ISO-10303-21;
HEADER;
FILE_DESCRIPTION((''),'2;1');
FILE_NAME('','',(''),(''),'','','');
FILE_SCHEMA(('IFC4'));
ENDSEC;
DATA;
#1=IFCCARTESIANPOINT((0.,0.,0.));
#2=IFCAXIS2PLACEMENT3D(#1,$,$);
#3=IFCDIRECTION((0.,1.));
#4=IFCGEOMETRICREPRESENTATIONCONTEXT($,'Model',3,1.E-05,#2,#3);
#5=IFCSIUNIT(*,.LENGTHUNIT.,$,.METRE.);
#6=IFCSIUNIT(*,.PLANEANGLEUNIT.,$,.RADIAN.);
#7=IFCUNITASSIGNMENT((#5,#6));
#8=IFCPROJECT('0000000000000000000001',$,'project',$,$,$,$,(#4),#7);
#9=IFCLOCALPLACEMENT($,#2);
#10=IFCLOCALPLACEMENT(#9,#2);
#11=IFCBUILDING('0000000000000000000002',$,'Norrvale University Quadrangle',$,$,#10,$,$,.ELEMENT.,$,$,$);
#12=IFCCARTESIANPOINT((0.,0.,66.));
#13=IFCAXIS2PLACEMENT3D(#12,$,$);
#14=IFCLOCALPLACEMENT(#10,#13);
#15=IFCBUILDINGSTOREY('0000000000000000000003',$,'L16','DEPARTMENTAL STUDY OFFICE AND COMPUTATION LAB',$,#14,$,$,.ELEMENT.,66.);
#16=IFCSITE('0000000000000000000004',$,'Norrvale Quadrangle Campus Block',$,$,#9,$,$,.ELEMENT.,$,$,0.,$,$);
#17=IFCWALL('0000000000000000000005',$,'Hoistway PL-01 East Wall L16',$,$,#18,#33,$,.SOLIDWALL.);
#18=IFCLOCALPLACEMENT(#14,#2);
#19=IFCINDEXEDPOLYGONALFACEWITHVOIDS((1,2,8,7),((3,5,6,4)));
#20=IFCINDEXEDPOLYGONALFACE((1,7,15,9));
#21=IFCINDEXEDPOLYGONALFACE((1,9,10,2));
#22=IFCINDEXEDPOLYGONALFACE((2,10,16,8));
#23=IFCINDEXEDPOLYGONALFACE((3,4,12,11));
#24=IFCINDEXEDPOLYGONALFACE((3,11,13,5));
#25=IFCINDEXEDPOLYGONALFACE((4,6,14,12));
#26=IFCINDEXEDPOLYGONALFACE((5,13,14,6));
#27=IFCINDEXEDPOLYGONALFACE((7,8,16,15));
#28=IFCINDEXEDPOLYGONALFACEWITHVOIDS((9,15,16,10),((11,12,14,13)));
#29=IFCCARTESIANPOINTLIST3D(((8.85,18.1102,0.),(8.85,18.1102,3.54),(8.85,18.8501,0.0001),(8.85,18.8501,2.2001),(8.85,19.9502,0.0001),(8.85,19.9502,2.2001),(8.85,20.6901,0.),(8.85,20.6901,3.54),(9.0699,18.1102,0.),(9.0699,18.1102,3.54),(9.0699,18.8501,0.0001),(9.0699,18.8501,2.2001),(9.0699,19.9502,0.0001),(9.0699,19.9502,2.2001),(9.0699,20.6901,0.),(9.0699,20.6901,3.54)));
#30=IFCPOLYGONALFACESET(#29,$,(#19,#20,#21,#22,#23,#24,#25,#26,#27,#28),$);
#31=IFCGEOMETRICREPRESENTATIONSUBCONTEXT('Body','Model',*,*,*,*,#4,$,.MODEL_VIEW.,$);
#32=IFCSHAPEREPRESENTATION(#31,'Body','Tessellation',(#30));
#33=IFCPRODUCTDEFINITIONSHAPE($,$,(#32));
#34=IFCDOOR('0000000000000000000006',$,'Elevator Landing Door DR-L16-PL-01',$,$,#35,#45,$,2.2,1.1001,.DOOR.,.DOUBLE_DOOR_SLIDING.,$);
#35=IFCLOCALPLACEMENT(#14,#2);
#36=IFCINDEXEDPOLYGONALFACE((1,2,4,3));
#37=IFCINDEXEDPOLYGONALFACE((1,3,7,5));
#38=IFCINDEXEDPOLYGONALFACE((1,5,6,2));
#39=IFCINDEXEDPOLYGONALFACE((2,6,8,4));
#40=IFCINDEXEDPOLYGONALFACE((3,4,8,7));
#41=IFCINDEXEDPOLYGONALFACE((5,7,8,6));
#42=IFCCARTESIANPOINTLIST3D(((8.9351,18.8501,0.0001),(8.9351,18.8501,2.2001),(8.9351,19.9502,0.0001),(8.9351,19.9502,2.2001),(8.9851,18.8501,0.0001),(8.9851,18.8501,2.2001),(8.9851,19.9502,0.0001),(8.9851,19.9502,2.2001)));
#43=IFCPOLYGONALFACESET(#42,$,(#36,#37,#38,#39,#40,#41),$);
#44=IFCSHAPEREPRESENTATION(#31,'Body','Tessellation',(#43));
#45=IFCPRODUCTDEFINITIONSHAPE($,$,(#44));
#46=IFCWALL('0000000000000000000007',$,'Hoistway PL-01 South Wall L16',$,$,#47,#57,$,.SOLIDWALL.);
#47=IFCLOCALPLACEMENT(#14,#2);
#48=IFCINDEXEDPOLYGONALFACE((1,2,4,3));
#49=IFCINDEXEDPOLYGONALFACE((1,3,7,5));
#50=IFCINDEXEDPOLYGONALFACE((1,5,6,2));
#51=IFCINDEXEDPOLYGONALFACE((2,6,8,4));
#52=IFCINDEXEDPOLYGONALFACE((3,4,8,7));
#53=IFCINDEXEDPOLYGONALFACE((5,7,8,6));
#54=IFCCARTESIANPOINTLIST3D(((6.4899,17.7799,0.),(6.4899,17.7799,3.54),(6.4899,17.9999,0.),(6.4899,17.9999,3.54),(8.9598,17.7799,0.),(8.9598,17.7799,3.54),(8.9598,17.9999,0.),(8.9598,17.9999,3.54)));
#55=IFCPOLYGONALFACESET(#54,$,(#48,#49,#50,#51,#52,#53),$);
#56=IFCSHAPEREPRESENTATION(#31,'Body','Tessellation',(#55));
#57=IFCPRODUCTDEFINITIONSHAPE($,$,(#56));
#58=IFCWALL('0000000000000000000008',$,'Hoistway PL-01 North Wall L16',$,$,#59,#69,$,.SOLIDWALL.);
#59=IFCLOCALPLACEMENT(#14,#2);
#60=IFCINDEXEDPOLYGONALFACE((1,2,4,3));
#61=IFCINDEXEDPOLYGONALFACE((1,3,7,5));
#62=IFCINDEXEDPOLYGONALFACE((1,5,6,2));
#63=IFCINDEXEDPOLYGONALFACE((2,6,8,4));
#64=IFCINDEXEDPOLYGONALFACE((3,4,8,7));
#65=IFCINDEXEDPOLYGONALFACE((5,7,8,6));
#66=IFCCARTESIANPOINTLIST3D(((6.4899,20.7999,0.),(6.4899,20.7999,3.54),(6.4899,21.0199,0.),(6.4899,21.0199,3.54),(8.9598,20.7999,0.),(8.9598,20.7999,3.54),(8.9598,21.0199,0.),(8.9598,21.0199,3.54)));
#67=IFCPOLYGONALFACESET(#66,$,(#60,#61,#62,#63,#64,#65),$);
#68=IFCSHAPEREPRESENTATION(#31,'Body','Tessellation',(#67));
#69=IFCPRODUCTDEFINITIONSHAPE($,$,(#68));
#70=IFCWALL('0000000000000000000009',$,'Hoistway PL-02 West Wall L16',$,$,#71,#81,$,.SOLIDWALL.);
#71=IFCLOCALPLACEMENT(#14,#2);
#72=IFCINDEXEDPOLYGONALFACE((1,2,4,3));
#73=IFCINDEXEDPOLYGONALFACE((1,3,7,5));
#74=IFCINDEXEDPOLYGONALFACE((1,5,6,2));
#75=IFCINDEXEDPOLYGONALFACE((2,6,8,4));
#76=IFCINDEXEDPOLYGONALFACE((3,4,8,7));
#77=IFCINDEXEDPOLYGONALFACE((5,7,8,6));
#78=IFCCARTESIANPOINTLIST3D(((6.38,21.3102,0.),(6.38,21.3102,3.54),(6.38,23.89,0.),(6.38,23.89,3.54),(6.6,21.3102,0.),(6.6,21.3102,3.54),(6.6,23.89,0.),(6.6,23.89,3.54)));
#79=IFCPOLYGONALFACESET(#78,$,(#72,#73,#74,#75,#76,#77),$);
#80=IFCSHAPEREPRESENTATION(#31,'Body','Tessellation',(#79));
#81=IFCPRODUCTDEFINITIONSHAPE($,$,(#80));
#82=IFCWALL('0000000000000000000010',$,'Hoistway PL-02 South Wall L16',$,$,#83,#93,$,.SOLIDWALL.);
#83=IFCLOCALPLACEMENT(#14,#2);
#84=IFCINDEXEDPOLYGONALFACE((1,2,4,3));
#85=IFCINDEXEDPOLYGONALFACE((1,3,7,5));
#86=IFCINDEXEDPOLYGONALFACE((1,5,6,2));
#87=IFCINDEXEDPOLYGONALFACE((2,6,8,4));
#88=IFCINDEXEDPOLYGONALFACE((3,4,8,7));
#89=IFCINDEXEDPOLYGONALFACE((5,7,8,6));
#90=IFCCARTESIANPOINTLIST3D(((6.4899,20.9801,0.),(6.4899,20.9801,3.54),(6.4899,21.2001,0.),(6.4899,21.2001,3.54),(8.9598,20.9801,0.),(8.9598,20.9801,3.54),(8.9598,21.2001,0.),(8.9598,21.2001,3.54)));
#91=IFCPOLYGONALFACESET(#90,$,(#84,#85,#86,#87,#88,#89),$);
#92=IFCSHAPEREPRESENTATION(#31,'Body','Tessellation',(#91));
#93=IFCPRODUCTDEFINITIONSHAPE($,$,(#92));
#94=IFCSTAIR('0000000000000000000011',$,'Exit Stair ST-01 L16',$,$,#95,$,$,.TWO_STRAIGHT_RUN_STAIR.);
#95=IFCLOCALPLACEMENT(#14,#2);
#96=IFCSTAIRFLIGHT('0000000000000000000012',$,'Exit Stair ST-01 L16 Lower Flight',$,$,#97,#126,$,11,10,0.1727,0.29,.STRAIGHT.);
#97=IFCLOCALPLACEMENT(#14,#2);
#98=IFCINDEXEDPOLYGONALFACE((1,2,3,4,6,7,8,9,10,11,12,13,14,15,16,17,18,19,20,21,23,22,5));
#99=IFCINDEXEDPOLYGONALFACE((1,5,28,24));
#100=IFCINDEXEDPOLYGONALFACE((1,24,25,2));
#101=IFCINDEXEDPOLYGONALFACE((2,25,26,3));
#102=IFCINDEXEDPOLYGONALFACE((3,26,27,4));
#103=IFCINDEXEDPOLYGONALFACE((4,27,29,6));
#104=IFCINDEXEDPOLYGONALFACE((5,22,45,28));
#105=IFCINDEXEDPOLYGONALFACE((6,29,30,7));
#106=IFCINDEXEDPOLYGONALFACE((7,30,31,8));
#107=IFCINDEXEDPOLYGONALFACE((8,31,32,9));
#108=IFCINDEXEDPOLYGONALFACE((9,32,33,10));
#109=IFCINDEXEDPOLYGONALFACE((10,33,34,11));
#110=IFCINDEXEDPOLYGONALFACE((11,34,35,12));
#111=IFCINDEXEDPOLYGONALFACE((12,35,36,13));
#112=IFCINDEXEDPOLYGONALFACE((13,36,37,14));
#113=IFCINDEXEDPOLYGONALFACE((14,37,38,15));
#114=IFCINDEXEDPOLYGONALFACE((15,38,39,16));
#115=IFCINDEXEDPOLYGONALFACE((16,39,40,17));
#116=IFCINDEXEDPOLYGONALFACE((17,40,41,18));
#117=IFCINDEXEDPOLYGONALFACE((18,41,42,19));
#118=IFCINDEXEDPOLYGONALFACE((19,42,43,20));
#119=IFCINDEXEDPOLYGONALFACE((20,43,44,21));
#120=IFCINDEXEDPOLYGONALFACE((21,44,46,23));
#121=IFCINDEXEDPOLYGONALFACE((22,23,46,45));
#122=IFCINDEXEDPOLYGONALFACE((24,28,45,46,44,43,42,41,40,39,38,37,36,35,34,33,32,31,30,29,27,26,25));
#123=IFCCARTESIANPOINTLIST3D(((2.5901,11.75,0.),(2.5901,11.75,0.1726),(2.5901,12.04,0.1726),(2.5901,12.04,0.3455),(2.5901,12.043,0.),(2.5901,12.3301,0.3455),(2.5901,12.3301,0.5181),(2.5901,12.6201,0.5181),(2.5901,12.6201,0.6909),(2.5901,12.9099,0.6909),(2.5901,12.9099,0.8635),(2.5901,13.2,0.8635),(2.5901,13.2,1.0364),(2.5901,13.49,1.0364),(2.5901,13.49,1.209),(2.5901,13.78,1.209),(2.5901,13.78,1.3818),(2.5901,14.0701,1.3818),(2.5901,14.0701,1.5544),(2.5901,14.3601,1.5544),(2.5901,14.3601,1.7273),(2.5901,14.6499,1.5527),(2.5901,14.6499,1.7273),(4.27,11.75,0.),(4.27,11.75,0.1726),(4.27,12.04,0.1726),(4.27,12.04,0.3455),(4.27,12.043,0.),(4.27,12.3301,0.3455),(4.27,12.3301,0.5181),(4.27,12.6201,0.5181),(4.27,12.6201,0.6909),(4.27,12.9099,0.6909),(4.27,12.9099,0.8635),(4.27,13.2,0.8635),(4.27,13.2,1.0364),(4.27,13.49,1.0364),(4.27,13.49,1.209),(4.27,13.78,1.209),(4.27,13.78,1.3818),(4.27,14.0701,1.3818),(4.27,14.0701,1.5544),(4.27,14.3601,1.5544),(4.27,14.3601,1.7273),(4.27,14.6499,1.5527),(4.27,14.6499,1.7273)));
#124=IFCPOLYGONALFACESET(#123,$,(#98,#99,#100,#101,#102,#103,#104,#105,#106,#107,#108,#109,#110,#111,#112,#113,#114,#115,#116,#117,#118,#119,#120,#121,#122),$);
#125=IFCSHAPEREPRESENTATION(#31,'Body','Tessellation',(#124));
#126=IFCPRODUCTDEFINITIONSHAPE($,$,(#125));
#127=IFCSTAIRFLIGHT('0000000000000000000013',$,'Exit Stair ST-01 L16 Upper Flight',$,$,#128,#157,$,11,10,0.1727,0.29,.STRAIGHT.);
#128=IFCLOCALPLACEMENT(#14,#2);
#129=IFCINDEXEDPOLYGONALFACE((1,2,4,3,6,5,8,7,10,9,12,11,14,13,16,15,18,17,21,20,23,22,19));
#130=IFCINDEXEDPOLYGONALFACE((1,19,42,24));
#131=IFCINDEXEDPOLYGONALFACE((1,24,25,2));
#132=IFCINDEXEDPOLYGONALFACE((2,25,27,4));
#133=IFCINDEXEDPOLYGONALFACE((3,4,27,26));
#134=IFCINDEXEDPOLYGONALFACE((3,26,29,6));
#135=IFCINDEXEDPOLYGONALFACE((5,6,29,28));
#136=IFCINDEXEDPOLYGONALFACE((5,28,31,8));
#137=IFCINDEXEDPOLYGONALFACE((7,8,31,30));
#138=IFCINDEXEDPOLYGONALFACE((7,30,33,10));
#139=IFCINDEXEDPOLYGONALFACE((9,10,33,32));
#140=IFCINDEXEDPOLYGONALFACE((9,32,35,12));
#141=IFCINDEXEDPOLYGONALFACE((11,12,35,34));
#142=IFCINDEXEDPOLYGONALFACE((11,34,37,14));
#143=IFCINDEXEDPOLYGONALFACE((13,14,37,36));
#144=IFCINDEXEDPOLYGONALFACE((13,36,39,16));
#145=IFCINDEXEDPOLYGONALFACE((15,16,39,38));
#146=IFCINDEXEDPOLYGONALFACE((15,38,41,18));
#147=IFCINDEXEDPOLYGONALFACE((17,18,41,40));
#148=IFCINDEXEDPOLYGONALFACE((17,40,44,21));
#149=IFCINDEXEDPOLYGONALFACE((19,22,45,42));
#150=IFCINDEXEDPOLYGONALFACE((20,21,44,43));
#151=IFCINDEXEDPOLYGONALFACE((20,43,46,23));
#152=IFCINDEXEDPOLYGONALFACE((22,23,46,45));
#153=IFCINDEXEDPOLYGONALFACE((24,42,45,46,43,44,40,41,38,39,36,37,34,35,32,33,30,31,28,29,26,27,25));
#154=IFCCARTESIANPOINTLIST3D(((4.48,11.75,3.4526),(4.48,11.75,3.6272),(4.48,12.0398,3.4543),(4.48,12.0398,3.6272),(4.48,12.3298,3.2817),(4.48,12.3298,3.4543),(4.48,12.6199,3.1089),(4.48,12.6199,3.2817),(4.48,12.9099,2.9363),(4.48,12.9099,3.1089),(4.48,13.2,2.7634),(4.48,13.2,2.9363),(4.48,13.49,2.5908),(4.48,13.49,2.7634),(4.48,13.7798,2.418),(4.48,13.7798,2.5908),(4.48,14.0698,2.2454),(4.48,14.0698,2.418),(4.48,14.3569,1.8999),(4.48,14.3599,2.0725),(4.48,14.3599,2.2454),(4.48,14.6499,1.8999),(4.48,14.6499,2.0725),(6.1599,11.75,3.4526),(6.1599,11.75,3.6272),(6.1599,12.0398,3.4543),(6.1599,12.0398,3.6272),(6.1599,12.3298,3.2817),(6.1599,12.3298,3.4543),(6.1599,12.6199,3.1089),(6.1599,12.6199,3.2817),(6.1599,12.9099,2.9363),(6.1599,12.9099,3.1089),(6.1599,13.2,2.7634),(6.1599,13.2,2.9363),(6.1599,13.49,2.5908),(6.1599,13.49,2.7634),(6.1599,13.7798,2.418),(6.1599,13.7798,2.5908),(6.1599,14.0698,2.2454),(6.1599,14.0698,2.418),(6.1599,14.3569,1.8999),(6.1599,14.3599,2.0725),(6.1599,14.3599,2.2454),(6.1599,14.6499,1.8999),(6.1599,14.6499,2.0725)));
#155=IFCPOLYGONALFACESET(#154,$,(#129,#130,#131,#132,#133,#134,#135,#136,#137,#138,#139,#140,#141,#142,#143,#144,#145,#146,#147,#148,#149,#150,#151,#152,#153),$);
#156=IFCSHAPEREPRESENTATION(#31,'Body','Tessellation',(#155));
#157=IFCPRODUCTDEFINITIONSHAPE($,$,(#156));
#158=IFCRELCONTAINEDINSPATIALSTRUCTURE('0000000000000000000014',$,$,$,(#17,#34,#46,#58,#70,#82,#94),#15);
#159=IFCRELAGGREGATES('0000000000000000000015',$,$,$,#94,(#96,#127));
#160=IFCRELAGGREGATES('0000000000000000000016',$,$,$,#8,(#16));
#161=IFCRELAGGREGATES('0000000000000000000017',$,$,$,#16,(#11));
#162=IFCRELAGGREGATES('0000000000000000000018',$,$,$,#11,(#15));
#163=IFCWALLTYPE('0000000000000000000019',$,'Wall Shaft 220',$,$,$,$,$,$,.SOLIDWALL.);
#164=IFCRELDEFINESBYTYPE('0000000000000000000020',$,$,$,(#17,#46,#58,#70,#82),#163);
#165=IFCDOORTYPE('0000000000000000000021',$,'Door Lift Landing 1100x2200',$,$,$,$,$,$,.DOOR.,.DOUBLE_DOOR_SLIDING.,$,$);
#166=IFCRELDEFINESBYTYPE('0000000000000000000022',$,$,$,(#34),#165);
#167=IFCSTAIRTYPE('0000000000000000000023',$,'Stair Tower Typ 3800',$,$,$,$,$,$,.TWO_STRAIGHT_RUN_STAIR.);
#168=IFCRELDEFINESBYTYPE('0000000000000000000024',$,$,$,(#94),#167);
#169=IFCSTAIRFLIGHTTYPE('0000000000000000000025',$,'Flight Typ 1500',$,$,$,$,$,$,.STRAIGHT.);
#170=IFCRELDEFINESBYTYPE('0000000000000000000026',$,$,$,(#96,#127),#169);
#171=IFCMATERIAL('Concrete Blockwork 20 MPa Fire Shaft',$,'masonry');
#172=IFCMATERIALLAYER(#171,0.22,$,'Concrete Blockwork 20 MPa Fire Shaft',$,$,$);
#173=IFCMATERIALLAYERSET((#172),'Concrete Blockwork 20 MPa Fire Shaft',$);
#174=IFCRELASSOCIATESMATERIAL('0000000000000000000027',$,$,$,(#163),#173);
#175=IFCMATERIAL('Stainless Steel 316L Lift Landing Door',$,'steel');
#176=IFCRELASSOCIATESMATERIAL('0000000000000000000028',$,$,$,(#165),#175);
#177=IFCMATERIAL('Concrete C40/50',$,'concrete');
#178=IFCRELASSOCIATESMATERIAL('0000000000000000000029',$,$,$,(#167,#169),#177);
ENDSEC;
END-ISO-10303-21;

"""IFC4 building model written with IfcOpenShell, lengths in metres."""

from ifc_helpers import new_model, si_unit, direction, frame, frame_2d, origin, place, context, subcontext, project, spatial, polyline, rectangle, outline, extrude, material, layer, layer_set, type_object, element, fill, aggregate, save


model = new_model("IFC4")

# Units and contexts
model_context = context("Model", 3, precision=1e-05, world=origin(), true_north=direction((0.0, 1.0)))
body_context = subcontext(model_context, "Body", "Model", "MODEL_VIEW")
ifc_project = project(units=[si_unit("LENGTHUNIT", "METRE"), si_unit("PLANEANGLEUNIT", "RADIAN")], contexts=[model_context])

# Site, building, storey
site_placement = place(None, origin())
site = spatial("IfcSite", under=ifc_project, at=site_placement, Name="Norrvale Quadrangle Campus Block", CompositionType="ELEMENT", RefElevation=0.0)
building_placement = place(site_placement, origin())
building = spatial("IfcBuilding", under=site, at=building_placement, Name="Norrvale University Quadrangle", CompositionType="ELEMENT")
storey_placement = place(building_placement, frame((0.0, 0.0, 66.0)))
storey = spatial("IfcBuildingStorey", under=building, at=storey_placement, Name="L16", Description="DEPARTMENTAL STUDY OFFICE AND COMPUTATION LAB", CompositionType="ELEMENT", Elevation=66.0)

# Shared definitions
ifc_material_1 = material(Name="Concrete Blockwork 20 MPa Fire Shaft", Category="masonry")
ifc_layer_1 = layer(ifc_material_1, 0.22, Name="Concrete Blockwork 20 MPa Fire Shaft")
ifc_layer_set_1 = layer_set([ifc_layer_1], Name="Concrete Blockwork 20 MPa Fire Shaft")
wall_type_1 = type_object("IfcWallType", Name="Wall Shaft 220", PredefinedType="SOLIDWALL", material=ifc_layer_set_1)

# Wall, opening, door
wall_1_placement = place(storey_placement, frame((8.96, 18.1101, 0.0), z_axis=(0.0, 0.0, 1.0), x_axis=(0.0, 1.0, 0.0)))
wall_1 = element("IfcWall", 1, at=wall_1_placement, inside=storey, type_object=wall_type_1, Name="Hoistway PL-01 East Wall L16", PredefinedType="SOLIDWALL", context=body_context, shape_type="SweptSolid", body=[
    extrude(rectangle(XDim=2.5798, YDim=0.22, at=frame_2d((1.29, 0.0))), origin(), (0.0, 0.0, 1.0), 3.54),
])
opening_1_placement = place(wall_1_placement, frame((0.74, 0.0, 0.0)))
opening_1 = element("IfcOpeningElement", 2, at=opening_1_placement, cuts=wall_1, PredefinedType="OPENING", context=body_context, shape_type="SweptSolid", body=[
    extrude(rectangle(XDim=1.1001, YDim=2.2, at=frame_2d((0.55, 1.1001))), frame((0.0, 0.1221, 0.0), z_axis=(0.0, -1.0, 0.0), x_axis=(1.0, 0.0, 0.0)), (0.0, 0.0, 1.0), 0.2439),
])
ifc_material_2 = material(Name="Stainless Steel 316L Lift Landing Door", Category="steel")
door_type_1 = type_object("IfcDoorType", Name="Door Lift Landing 1100x2200", OperationType="DOUBLE_DOOR_SLIDING", PredefinedType="DOOR", material=ifc_material_2)
door_1_placement = place(opening_1_placement, origin())
door_1 = element("IfcDoor", 3, at=door_1_placement, inside=storey, type_object=door_type_1, Name="Elevator Landing Door DR-L16-PL-01", OperationType="DOUBLE_DOOR_SLIDING", OverallHeight=2.2, OverallWidth=1.1001, PredefinedType="DOOR", context=body_context, shape_type="SweptSolid", body=[
    extrude(rectangle(XDim=1.1001, YDim=2.2, at=frame_2d((0.55, 1.1001))), frame((0.0, 0.0249, 0.0), z_axis=(0.0, -1.0, 0.0), x_axis=(1.0, 0.0, 0.0)), (0.0, 0.0, 1.0), 0.05),
])
fill(opening_1, door_1)

# Walls
for number, where, z_axis, x_axis, name in (
    (4, (6.49, 17.8899, 0.0), (0.0, 0.0, 1.0), (1.0, 0.0, 0.0), "Hoistway PL-01 South Wall L16"),
    (5, (6.49, 20.9099, 0.0), (0.0, 0.0, 1.0), (1.0, 0.0, 0.0), "Hoistway PL-01 North Wall L16"),
):
    element("IfcWall", number, at=place(storey_placement, frame(where, z_axis=z_axis, x_axis=x_axis)), inside=storey, type_object=wall_type_1, Name=name, PredefinedType="SOLIDWALL", context=body_context, shape_type="SweptSolid", body=[
        extrude(rectangle(XDim=2.47, YDim=0.22, at=frame_2d((1.2349, 0.0))), origin(), (0.0, 0.0, 1.0), 3.54),
    ])
wall_2_placement = place(storey_placement, frame((6.49, 21.3101, 0.0), z_axis=(0.0, 0.0, 1.0), x_axis=(0.0, 1.0, 0.0)))
element("IfcWall", 6, at=wall_2_placement, inside=storey, type_object=wall_type_1, Name="Hoistway PL-02 West Wall L16", PredefinedType="SOLIDWALL", context=body_context, shape_type="SweptSolid", body=[
    extrude(rectangle(XDim=2.5798, YDim=0.22, at=frame_2d((1.29, 0.0))), origin(), (0.0, 0.0, 1.0), 3.54),
])
wall_3_placement = place(storey_placement, frame((6.49, 21.0901, 0.0), z_axis=(0.0, 0.0, 1.0), x_axis=(1.0, 0.0, 0.0)))
element("IfcWall", 7, at=wall_3_placement, inside=storey, type_object=wall_type_1, Name="Hoistway PL-02 South Wall L16", PredefinedType="SOLIDWALL", context=body_context, shape_type="SweptSolid", body=[
    extrude(rectangle(XDim=2.47, YDim=0.22, at=frame_2d((1.2349, 0.0))), origin(), (0.0, 0.0, 1.0), 3.54),
])

# Stair, stair flights
ifc_material_3 = material(Name="Concrete C40/50", Category="concrete")
stair_type = type_object("IfcStairType", Name="Stair Tower Typ 3800", PredefinedType="TWO_STRAIGHT_RUN_STAIR", material=ifc_material_3)
stair_placement = place(storey_placement, origin())
stair = element("IfcStair", 8, at=stair_placement, inside=storey, type_object=stair_type, Name="Exit Stair ST-01 L16", PredefinedType="TWO_STRAIGHT_RUN_STAIR")
stair_flight_type = type_object("IfcStairFlightType", Name="Flight Typ 1500", PredefinedType="STRAIGHT", material=ifc_material_3)
stair_flight_1_placement = place(storey_placement, frame((3.4299, 11.75, 0.0), z_axis=(0.0, 0.0, 1.0), x_axis=(0.0, 1.0, 0.0)))
stair_flight_1 = element("IfcStairFlight", 9, at=stair_flight_1_placement, type_object=stair_flight_type, Name="Exit Stair ST-01 L16 Lower Flight", NumberOfRisers=11, NumberOfTreads=10, PredefinedType="STRAIGHT", RiserHeight=0.1727, TreadLength=0.29, context=body_context, shape_type="SweptSolid", body=[
    extrude(outline(polyline([(0.0, 0.0), (0.0, 0.1726), (0.29, 0.1726), (0.29, 0.3455), (0.5801, 0.3455), (0.5801, 0.5181), (0.8701, 0.5181), (0.8701, 0.6909), (1.1599, 0.6909), (1.1599, 0.8635), (1.45, 0.8635), (1.45, 1.0364), (1.74, 1.0364), (1.74, 1.209), (2.03, 1.209), (2.03, 1.3818), (2.3201, 1.3818), (2.3201, 1.5544), (2.6101, 1.5544), (2.6101, 1.7273), (2.8999, 1.7273), (2.8999, 1.8999), (2.8999, 1.5527), (0.293, 0.0), (0.0, 0.0)])), frame((0.0, 0.8398, 0.0), z_axis=(0.0, -1.0, 0.0), x_axis=(1.0, 0.0, 0.0)), (0.0, 0.0, 1.0), 1.6799),
])
stair_flight_2_placement = place(storey_placement, frame((5.3201, 14.6499, 1.8999), z_axis=(0.0, 0.0, 1.0), x_axis=(0.0, -1.0, 0.0)))
stair_flight_2 = element("IfcStairFlight", 10, at=stair_flight_2_placement, type_object=stair_flight_type, Name="Exit Stair ST-01 L16 Upper Flight", NumberOfRisers=11, NumberOfTreads=10, PredefinedType="STRAIGHT", RiserHeight=0.1727, TreadLength=0.29, context=body_context, shape_type="SweptSolid", body=[
    extrude(outline(polyline([(0.0, 0.0), (0.0, 0.1726), (0.29, 0.1726), (0.29, 0.3455), (0.5801, 0.3455), (0.5801, 0.5181), (0.8701, 0.5181), (0.8701, 0.6909), (1.1599, 0.6909), (1.1599, 0.8635), (1.45, 0.8635), (1.45, 1.0364), (1.74, 1.0364), (1.74, 1.209), (2.03, 1.209), (2.03, 1.3818), (2.3201, 1.3818), (2.3201, 1.5544), (2.6101, 1.5544), (2.6101, 1.7273), (2.8999, 1.7273), (2.8999, 1.8999), (2.8999, 1.5527), (0.293, 0.0), (0.0, 0.0)])), frame((0.0, 0.8398, 0.0), z_axis=(0.0, -1.0, 0.0), x_axis=(1.0, 0.0, 0.0)), (0.0, 0.0, 1.0), 1.6799),
])
aggregate(stair, [stair_flight_1, stair_flight_2])

save(model, "model.ifc")
